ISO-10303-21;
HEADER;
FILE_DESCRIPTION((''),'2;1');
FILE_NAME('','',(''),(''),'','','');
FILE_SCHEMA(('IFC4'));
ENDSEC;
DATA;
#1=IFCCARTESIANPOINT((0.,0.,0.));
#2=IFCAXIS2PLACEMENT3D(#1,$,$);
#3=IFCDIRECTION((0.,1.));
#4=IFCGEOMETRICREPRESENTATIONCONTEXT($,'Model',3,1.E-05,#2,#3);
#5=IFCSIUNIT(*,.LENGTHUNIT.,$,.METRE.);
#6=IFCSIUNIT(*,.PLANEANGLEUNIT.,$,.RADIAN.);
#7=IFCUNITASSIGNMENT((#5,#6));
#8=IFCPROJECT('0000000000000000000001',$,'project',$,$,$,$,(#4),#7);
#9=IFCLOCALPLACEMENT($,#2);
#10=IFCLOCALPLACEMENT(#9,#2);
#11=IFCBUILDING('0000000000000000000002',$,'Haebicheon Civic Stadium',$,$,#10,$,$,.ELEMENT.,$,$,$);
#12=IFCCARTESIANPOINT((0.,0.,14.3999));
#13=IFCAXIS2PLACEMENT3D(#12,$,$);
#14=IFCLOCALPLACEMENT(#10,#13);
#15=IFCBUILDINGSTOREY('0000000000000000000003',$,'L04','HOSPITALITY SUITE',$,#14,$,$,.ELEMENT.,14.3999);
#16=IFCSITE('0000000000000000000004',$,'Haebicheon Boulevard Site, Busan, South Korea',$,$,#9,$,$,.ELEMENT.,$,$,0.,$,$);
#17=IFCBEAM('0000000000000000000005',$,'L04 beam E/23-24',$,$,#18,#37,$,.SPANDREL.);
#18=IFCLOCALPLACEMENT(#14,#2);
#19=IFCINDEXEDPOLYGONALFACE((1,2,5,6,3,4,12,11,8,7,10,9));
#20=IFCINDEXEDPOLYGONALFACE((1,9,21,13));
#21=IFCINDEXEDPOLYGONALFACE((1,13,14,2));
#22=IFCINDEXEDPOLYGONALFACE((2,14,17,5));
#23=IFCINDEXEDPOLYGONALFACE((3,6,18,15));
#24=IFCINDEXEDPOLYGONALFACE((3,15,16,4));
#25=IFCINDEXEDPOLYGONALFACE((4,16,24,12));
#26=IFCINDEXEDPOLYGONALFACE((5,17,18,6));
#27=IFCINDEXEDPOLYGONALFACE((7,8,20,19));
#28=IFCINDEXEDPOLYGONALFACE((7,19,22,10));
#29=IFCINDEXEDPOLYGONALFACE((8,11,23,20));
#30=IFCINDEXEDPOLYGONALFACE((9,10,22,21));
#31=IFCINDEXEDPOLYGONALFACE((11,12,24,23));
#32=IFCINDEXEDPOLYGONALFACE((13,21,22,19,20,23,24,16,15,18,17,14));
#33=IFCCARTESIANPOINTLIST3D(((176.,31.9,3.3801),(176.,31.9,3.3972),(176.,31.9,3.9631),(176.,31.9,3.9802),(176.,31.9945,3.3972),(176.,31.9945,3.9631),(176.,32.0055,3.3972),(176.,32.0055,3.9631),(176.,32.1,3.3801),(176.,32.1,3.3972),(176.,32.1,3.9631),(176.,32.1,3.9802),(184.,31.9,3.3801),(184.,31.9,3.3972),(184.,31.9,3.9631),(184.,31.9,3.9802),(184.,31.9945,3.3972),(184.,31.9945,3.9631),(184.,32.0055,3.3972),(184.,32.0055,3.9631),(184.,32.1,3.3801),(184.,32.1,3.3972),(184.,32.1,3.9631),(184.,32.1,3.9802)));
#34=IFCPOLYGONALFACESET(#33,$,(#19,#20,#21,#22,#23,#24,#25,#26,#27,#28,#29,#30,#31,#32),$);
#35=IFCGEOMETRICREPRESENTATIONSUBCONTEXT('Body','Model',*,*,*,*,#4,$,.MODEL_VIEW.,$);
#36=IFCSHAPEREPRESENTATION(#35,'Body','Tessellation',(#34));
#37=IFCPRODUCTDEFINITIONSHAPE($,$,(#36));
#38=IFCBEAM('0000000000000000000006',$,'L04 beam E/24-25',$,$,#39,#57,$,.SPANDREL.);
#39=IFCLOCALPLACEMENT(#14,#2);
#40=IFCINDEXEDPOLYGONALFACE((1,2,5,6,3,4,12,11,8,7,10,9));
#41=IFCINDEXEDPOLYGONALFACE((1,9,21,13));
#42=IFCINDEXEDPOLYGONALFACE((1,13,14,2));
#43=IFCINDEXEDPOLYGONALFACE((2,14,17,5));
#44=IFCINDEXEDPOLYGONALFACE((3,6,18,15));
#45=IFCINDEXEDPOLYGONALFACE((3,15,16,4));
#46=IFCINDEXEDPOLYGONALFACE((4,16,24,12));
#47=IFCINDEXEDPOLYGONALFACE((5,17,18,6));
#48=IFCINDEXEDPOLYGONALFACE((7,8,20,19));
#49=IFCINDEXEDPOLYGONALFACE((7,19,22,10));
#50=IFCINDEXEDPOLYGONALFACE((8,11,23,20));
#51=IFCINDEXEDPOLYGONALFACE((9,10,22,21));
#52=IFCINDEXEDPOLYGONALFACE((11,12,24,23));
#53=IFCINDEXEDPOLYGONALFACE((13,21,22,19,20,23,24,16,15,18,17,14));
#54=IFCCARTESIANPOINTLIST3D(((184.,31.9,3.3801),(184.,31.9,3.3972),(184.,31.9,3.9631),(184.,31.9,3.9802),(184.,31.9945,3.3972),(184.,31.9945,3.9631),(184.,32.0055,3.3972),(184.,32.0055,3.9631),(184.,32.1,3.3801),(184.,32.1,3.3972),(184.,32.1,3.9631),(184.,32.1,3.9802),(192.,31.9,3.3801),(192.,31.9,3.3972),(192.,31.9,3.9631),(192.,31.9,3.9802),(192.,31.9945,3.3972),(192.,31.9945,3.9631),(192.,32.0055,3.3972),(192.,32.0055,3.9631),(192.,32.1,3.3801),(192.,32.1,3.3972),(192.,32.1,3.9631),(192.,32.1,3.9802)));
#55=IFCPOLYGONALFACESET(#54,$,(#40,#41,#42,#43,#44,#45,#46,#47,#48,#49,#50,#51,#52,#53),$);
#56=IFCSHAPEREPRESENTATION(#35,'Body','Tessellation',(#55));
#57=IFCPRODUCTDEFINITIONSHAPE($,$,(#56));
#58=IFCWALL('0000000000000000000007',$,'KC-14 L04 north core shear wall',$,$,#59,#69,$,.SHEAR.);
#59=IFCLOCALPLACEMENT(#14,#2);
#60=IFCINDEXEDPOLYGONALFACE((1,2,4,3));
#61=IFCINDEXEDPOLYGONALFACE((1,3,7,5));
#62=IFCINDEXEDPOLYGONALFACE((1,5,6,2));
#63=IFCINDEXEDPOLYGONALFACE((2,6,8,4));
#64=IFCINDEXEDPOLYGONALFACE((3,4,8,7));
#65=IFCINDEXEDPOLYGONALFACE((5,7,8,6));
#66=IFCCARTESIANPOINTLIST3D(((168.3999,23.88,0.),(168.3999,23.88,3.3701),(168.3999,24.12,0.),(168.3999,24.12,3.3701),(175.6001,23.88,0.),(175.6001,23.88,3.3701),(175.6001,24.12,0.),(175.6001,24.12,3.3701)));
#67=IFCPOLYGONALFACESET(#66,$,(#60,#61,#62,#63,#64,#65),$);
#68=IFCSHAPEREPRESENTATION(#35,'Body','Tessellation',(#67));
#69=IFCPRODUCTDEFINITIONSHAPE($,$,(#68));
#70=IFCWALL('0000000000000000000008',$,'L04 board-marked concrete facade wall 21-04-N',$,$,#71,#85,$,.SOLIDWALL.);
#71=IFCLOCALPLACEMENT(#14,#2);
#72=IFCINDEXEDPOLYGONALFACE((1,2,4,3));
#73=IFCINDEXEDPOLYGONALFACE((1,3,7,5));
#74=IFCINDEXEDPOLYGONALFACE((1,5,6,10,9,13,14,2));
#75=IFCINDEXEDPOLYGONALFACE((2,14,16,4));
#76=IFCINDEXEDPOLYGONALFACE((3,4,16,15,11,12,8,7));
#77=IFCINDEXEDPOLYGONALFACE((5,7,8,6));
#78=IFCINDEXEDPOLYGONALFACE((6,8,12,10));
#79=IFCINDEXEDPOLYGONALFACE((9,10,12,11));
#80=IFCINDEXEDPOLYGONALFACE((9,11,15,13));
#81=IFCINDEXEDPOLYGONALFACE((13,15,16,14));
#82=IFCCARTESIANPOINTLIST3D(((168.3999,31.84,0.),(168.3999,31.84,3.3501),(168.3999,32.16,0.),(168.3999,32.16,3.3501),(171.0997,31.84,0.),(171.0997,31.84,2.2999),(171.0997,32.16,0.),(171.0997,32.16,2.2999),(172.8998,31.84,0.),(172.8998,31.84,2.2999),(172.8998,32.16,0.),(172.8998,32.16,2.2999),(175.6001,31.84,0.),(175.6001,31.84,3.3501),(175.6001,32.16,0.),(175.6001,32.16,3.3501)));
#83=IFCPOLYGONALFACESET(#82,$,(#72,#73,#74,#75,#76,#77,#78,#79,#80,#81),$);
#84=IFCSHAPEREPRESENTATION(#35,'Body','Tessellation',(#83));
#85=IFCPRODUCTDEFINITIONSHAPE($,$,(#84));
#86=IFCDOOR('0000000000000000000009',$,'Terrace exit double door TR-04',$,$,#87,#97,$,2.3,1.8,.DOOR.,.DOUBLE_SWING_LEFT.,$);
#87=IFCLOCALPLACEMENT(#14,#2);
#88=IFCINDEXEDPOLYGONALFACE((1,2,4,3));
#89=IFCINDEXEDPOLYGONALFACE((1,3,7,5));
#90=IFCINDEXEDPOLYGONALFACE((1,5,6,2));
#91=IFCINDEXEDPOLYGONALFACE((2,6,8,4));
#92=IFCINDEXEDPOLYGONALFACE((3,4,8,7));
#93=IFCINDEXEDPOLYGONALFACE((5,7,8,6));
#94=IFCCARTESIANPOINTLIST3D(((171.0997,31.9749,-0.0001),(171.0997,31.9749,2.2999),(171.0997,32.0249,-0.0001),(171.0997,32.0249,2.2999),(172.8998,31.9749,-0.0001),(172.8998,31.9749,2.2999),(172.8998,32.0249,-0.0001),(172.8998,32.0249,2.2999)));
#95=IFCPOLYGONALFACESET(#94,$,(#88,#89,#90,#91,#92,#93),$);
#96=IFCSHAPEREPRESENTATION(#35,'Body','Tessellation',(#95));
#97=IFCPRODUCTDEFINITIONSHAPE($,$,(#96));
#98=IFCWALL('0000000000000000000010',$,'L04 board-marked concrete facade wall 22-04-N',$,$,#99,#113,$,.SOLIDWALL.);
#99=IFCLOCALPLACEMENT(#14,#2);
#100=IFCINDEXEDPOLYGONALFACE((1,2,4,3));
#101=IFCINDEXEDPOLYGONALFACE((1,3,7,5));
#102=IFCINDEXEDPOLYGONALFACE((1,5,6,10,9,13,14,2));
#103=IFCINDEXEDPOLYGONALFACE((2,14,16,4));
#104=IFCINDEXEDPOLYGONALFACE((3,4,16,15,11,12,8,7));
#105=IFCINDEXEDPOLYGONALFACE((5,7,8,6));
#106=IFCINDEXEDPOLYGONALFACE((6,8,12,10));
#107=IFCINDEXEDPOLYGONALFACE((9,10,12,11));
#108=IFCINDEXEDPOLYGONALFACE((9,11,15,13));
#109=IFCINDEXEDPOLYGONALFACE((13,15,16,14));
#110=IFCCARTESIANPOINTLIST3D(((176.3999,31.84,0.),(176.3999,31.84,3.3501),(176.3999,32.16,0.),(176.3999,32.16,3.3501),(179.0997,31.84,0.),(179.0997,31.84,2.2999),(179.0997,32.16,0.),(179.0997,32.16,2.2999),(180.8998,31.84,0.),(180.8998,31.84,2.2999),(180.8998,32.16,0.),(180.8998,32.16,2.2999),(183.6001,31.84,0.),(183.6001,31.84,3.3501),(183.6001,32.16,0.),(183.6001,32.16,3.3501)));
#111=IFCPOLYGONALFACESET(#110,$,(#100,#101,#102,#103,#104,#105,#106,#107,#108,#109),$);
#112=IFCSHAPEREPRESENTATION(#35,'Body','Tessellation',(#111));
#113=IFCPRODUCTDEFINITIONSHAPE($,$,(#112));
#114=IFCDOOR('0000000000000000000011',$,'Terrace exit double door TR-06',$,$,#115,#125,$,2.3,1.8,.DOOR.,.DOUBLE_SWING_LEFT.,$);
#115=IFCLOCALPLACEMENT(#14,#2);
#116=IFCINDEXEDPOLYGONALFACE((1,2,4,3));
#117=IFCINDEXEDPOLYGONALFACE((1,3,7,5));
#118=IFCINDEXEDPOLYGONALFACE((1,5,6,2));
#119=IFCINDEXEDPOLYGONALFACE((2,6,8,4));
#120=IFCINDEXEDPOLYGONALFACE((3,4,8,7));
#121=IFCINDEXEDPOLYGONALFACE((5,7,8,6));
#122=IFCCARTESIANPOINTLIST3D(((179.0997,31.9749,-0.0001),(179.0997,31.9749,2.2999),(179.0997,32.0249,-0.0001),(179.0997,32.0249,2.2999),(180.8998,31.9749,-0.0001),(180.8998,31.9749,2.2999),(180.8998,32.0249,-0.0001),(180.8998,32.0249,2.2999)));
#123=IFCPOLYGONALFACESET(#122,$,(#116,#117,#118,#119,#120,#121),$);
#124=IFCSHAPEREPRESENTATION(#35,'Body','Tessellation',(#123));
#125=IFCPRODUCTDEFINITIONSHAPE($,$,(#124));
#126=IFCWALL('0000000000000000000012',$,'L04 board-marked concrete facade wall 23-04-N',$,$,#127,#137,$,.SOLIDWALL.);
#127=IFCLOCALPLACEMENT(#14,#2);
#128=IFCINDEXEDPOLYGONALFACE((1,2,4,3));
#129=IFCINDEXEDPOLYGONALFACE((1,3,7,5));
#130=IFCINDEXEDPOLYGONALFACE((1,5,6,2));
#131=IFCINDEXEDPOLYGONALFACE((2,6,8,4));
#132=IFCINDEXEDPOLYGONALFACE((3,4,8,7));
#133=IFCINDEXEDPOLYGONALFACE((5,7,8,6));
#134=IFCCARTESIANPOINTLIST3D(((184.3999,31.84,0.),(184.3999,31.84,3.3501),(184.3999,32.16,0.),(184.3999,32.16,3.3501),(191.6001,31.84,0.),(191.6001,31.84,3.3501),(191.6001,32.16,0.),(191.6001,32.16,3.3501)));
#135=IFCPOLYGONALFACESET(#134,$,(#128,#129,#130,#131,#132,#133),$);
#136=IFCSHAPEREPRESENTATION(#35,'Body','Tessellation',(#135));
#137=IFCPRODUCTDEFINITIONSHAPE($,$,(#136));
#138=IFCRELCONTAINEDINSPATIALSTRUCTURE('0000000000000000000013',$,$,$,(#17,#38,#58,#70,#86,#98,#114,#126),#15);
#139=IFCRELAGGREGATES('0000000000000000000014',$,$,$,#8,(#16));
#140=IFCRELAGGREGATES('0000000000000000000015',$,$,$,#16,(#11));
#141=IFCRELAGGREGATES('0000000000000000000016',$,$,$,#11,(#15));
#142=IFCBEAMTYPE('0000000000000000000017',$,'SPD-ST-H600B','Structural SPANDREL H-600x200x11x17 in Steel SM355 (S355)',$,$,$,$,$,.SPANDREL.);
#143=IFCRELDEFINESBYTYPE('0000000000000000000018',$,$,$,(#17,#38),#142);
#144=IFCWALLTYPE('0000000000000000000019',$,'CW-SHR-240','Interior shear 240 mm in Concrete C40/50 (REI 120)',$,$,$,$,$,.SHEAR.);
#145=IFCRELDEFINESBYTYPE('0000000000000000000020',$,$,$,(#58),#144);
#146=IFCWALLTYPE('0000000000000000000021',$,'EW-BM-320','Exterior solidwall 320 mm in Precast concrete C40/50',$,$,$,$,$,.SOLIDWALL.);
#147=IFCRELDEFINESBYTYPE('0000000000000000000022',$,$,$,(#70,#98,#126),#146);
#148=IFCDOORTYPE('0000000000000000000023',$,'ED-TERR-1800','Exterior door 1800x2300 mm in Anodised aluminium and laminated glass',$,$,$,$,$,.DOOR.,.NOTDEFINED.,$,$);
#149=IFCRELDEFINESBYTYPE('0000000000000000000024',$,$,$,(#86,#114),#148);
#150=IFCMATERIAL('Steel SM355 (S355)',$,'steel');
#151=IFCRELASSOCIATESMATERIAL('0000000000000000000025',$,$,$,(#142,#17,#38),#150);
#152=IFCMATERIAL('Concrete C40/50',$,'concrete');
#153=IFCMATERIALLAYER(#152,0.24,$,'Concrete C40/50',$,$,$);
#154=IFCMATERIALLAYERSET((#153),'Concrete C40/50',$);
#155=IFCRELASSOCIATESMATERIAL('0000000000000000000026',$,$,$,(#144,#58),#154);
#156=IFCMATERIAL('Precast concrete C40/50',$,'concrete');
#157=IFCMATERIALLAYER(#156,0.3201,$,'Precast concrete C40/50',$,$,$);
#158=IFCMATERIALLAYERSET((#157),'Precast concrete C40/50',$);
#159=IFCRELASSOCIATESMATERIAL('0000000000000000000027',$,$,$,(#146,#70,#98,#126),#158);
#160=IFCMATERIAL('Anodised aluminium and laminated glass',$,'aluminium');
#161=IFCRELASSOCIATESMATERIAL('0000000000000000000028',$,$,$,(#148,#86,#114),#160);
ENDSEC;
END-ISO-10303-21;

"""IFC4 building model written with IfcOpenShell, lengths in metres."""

from ifc_helpers import new_model, si_unit, direction, frame, frame_2d, origin, origin_2d, place, context, subcontext, project, spatial, rectangle, i_section, extrude, material, layer, layer_set, material_profile, profile_set, type_object, element, fill, save


model = new_model("IFC4")

# Units and contexts
model_context = context("Model", 3, precision=1e-05, world=origin(), true_north=direction((0.0, 1.0)))
body_context = subcontext(model_context, "Body", "Model", "MODEL_VIEW")
ifc_project = project(units=[si_unit("LENGTHUNIT", "METRE"), si_unit("PLANEANGLEUNIT", "RADIAN")], contexts=[model_context])

# Site, building, storey
site_placement = place(None, origin())
site = spatial("IfcSite", under=ifc_project, at=site_placement, Name="Haebicheon Boulevard Site, Busan, South Korea", CompositionType="ELEMENT", RefElevation=0.0)
building_placement = place(site_placement, origin())
building = spatial("IfcBuilding", under=site, at=building_placement, Name="Haebicheon Civic Stadium", CompositionType="ELEMENT")
storey_placement = place(building_placement, frame((0.0, 0.0, 14.3999)))
storey = spatial("IfcBuildingStorey", under=building, at=storey_placement, Name="L04", Description="HOSPITALITY SUITE", CompositionType="ELEMENT", Elevation=14.3999)

# Beams
ifc_material_1 = material(Name="Steel SM355 (S355)", Category="steel")
ifc_material_profile_1 = material_profile(ifc_material_1, i_section(OverallWidth=0.2, OverallDepth=0.6001, WebThickness=0.011, FlangeThickness=0.0171, at=origin_2d()), Name="H-600x200x11x17")
ifc_profile_set_1 = profile_set([ifc_material_profile_1], Name="Steel SM355 (S355)")
beam_type_1 = type_object("IfcBeamType", Name="SPD-ST-H600B", Description="Structural SPANDREL H-600x200x11x17 in Steel SM355 (S355)", PredefinedType="SPANDREL", material=ifc_profile_set_1)
for number, where, z_axis, x_axis, name in (
    (1, (176.0, 32.0, 3.6802), (1.0, 0.0, 0.0), (0.0, 1.0, 0.0), "L04 beam E/23-24"),
    (2, (184.0, 32.0, 3.6802), (1.0, 0.0, 0.0), (0.0, 1.0, 0.0), "L04 beam E/24-25"),
):
    element("IfcBeam", number, at=place(storey_placement, frame(where, z_axis=z_axis, x_axis=x_axis)), inside=storey, type_object=beam_type_1, material=ifc_profile_set_1, Name=name, PredefinedType="SPANDREL", context=body_context, shape_type="SweptSolid", body=[
        extrude(i_section(OverallWidth=0.2, OverallDepth=0.6001, WebThickness=0.011, FlangeThickness=0.0171, at=origin_2d()), origin(), (0.0, 0.0, 1.0), 8.0),
    ])

# Wall
ifc_material_2 = material(Name="Concrete C40/50", Category="concrete")
ifc_layer_1 = layer(ifc_material_2, 0.24, Name="Concrete C40/50")
ifc_layer_set_1 = layer_set([ifc_layer_1], Name="Concrete C40/50")
wall_type_1 = type_object("IfcWallType", Name="CW-SHR-240", Description="Interior shear 240 mm in Concrete C40/50 (REI 120)", PredefinedType="SHEAR", material=ifc_layer_set_1)
wall_1_placement = place(storey_placement, frame((168.3999, 24.0, 0.0), z_axis=(0.0, 0.0, 1.0), x_axis=(1.0, 0.0, 0.0)))
element("IfcWall", 3, at=wall_1_placement, inside=storey, type_object=wall_type_1, material=ifc_layer_set_1, Name="KC-14 L04 north core shear wall", PredefinedType="SHEAR", context=body_context, shape_type="SweptSolid", body=[
    extrude(rectangle(XDim=7.2002, YDim=0.24, at=frame_2d((3.6001, 0.0))), origin(), (0.0, 0.0, 1.0), 3.3701),
])

# Walls, openings, doors
ifc_material_3 = material(Name="Precast concrete C40/50", Category="concrete")
ifc_layer_2 = layer(ifc_material_3, 0.3201, Name="Precast concrete C40/50")
ifc_layer_set_2 = layer_set([ifc_layer_2], Name="Precast concrete C40/50")
wall_type_2 = type_object("IfcWallType", Name="EW-BM-320", Description="Exterior solidwall 320 mm in Precast concrete C40/50", PredefinedType="SOLIDWALL", material=ifc_layer_set_2)
wall_2_placement = place(storey_placement, frame((168.3999, 32.0, 0.0), z_axis=(0.0, 0.0, 1.0), x_axis=(1.0, 0.0, 0.0)))
wall_2 = element("IfcWall", 4, at=wall_2_placement, inside=storey, type_object=wall_type_2, material=ifc_layer_set_2, Name="L04 board-marked concrete facade wall 21-04-N", PredefinedType="SOLIDWALL", context=body_context, shape_type="SweptSolid", body=[
    extrude(rectangle(XDim=7.2002, YDim=0.3201, at=frame_2d((3.6001, 0.0))), origin(), (0.0, 0.0, 1.0), 3.3501),
])
opening_1_placement = place(wall_2_placement, frame((2.7, 0.0, 0.0)))
opening_1 = element("IfcOpeningElement", 5, at=opening_1_placement, cuts=wall_2, PredefinedType="OPENING", context=body_context, shape_type="SweptSolid", body=[
    extrude(rectangle(XDim=1.8, YDim=2.3, at=frame_2d((0.8999, 1.1499))), frame((0.0, 0.1699, 0.0), z_axis=(0.0, -1.0, 0.0), x_axis=(1.0, 0.0, 0.0)), (0.0, 0.0, 1.0), 0.3401),
])
ifc_material_4 = material(Name="Anodised aluminium and laminated glass", Category="aluminium")
door_type = type_object("IfcDoorType", Name="ED-TERR-1800", Description="Exterior door 1800x2300 mm in Anodised aluminium and laminated glass", OperationType="NOTDEFINED", PredefinedType="DOOR", material=ifc_material_4)
door_1_placement = place(opening_1_placement, origin())
door_1 = element("IfcDoor", 6, at=door_1_placement, inside=storey, type_object=door_type, material=ifc_material_4, Name="Terrace exit double door TR-04", OperationType="DOUBLE_SWING_LEFT", OverallHeight=2.3, OverallWidth=1.8, PredefinedType="DOOR", context=body_context, shape_type="SweptSolid", body=[
    extrude(rectangle(XDim=1.8, YDim=2.3, at=frame_2d((0.8999, 1.1499))), frame((0.0, 0.0249, 0.0), z_axis=(0.0, -1.0, 0.0), x_axis=(1.0, 0.0, 0.0)), (0.0, 0.0, 1.0), 0.05),
])
fill(opening_1, door_1)
wall_3_placement = place(storey_placement, frame((176.3999, 32.0, 0.0), z_axis=(0.0, 0.0, 1.0), x_axis=(1.0, 0.0, 0.0)))
wall_3 = element("IfcWall", 7, at=wall_3_placement, inside=storey, type_object=wall_type_2, material=ifc_layer_set_2, Name="L04 board-marked concrete facade wall 22-04-N", PredefinedType="SOLIDWALL", context=body_context, shape_type="SweptSolid", body=[
    extrude(rectangle(XDim=7.2002, YDim=0.3201, at=frame_2d((3.6001, 0.0))), origin(), (0.0, 0.0, 1.0), 3.3501),
])
opening_2_placement = place(wall_3_placement, frame((2.7, 0.0, 0.0)))
opening_2 = element("IfcOpeningElement", 8, at=opening_2_placement, cuts=wall_3, PredefinedType="OPENING", context=body_context, shape_type="SweptSolid", body=[
    extrude(rectangle(XDim=1.8, YDim=2.3, at=frame_2d((0.8999, 1.1499))), frame((0.0, 0.1699, 0.0), z_axis=(0.0, -1.0, 0.0), x_axis=(1.0, 0.0, 0.0)), (0.0, 0.0, 1.0), 0.3401),
])
door_2_placement = place(opening_2_placement, origin())
door_2 = element("IfcDoor", 9, at=door_2_placement, inside=storey, type_object=door_type, material=ifc_material_4, Name="Terrace exit double door TR-06", OperationType="DOUBLE_SWING_LEFT", OverallHeight=2.3, OverallWidth=1.8, PredefinedType="DOOR", context=body_context, shape_type="SweptSolid", body=[
    extrude(rectangle(XDim=1.8, YDim=2.3, at=frame_2d((0.8999, 1.1499))), frame((0.0, 0.0249, 0.0), z_axis=(0.0, -1.0, 0.0), x_axis=(1.0, 0.0, 0.0)), (0.0, 0.0, 1.0), 0.05),
])
fill(opening_2, door_2)

# Wall
wall_4_placement = place(storey_placement, frame((184.3999, 32.0, 0.0), z_axis=(0.0, 0.0, 1.0), x_axis=(1.0, 0.0, 0.0)))
element("IfcWall", 10, at=wall_4_placement, inside=storey, type_object=wall_type_2, material=ifc_layer_set_2, Name="L04 board-marked concrete facade wall 23-04-N", PredefinedType="SOLIDWALL", context=body_context, shape_type="SweptSolid", body=[
    extrude(rectangle(XDim=7.2002, YDim=0.3201, at=frame_2d((3.6001, 0.0))), origin(), (0.0, 0.0, 1.0), 3.3501),
])

save(model, "model.ifc")
